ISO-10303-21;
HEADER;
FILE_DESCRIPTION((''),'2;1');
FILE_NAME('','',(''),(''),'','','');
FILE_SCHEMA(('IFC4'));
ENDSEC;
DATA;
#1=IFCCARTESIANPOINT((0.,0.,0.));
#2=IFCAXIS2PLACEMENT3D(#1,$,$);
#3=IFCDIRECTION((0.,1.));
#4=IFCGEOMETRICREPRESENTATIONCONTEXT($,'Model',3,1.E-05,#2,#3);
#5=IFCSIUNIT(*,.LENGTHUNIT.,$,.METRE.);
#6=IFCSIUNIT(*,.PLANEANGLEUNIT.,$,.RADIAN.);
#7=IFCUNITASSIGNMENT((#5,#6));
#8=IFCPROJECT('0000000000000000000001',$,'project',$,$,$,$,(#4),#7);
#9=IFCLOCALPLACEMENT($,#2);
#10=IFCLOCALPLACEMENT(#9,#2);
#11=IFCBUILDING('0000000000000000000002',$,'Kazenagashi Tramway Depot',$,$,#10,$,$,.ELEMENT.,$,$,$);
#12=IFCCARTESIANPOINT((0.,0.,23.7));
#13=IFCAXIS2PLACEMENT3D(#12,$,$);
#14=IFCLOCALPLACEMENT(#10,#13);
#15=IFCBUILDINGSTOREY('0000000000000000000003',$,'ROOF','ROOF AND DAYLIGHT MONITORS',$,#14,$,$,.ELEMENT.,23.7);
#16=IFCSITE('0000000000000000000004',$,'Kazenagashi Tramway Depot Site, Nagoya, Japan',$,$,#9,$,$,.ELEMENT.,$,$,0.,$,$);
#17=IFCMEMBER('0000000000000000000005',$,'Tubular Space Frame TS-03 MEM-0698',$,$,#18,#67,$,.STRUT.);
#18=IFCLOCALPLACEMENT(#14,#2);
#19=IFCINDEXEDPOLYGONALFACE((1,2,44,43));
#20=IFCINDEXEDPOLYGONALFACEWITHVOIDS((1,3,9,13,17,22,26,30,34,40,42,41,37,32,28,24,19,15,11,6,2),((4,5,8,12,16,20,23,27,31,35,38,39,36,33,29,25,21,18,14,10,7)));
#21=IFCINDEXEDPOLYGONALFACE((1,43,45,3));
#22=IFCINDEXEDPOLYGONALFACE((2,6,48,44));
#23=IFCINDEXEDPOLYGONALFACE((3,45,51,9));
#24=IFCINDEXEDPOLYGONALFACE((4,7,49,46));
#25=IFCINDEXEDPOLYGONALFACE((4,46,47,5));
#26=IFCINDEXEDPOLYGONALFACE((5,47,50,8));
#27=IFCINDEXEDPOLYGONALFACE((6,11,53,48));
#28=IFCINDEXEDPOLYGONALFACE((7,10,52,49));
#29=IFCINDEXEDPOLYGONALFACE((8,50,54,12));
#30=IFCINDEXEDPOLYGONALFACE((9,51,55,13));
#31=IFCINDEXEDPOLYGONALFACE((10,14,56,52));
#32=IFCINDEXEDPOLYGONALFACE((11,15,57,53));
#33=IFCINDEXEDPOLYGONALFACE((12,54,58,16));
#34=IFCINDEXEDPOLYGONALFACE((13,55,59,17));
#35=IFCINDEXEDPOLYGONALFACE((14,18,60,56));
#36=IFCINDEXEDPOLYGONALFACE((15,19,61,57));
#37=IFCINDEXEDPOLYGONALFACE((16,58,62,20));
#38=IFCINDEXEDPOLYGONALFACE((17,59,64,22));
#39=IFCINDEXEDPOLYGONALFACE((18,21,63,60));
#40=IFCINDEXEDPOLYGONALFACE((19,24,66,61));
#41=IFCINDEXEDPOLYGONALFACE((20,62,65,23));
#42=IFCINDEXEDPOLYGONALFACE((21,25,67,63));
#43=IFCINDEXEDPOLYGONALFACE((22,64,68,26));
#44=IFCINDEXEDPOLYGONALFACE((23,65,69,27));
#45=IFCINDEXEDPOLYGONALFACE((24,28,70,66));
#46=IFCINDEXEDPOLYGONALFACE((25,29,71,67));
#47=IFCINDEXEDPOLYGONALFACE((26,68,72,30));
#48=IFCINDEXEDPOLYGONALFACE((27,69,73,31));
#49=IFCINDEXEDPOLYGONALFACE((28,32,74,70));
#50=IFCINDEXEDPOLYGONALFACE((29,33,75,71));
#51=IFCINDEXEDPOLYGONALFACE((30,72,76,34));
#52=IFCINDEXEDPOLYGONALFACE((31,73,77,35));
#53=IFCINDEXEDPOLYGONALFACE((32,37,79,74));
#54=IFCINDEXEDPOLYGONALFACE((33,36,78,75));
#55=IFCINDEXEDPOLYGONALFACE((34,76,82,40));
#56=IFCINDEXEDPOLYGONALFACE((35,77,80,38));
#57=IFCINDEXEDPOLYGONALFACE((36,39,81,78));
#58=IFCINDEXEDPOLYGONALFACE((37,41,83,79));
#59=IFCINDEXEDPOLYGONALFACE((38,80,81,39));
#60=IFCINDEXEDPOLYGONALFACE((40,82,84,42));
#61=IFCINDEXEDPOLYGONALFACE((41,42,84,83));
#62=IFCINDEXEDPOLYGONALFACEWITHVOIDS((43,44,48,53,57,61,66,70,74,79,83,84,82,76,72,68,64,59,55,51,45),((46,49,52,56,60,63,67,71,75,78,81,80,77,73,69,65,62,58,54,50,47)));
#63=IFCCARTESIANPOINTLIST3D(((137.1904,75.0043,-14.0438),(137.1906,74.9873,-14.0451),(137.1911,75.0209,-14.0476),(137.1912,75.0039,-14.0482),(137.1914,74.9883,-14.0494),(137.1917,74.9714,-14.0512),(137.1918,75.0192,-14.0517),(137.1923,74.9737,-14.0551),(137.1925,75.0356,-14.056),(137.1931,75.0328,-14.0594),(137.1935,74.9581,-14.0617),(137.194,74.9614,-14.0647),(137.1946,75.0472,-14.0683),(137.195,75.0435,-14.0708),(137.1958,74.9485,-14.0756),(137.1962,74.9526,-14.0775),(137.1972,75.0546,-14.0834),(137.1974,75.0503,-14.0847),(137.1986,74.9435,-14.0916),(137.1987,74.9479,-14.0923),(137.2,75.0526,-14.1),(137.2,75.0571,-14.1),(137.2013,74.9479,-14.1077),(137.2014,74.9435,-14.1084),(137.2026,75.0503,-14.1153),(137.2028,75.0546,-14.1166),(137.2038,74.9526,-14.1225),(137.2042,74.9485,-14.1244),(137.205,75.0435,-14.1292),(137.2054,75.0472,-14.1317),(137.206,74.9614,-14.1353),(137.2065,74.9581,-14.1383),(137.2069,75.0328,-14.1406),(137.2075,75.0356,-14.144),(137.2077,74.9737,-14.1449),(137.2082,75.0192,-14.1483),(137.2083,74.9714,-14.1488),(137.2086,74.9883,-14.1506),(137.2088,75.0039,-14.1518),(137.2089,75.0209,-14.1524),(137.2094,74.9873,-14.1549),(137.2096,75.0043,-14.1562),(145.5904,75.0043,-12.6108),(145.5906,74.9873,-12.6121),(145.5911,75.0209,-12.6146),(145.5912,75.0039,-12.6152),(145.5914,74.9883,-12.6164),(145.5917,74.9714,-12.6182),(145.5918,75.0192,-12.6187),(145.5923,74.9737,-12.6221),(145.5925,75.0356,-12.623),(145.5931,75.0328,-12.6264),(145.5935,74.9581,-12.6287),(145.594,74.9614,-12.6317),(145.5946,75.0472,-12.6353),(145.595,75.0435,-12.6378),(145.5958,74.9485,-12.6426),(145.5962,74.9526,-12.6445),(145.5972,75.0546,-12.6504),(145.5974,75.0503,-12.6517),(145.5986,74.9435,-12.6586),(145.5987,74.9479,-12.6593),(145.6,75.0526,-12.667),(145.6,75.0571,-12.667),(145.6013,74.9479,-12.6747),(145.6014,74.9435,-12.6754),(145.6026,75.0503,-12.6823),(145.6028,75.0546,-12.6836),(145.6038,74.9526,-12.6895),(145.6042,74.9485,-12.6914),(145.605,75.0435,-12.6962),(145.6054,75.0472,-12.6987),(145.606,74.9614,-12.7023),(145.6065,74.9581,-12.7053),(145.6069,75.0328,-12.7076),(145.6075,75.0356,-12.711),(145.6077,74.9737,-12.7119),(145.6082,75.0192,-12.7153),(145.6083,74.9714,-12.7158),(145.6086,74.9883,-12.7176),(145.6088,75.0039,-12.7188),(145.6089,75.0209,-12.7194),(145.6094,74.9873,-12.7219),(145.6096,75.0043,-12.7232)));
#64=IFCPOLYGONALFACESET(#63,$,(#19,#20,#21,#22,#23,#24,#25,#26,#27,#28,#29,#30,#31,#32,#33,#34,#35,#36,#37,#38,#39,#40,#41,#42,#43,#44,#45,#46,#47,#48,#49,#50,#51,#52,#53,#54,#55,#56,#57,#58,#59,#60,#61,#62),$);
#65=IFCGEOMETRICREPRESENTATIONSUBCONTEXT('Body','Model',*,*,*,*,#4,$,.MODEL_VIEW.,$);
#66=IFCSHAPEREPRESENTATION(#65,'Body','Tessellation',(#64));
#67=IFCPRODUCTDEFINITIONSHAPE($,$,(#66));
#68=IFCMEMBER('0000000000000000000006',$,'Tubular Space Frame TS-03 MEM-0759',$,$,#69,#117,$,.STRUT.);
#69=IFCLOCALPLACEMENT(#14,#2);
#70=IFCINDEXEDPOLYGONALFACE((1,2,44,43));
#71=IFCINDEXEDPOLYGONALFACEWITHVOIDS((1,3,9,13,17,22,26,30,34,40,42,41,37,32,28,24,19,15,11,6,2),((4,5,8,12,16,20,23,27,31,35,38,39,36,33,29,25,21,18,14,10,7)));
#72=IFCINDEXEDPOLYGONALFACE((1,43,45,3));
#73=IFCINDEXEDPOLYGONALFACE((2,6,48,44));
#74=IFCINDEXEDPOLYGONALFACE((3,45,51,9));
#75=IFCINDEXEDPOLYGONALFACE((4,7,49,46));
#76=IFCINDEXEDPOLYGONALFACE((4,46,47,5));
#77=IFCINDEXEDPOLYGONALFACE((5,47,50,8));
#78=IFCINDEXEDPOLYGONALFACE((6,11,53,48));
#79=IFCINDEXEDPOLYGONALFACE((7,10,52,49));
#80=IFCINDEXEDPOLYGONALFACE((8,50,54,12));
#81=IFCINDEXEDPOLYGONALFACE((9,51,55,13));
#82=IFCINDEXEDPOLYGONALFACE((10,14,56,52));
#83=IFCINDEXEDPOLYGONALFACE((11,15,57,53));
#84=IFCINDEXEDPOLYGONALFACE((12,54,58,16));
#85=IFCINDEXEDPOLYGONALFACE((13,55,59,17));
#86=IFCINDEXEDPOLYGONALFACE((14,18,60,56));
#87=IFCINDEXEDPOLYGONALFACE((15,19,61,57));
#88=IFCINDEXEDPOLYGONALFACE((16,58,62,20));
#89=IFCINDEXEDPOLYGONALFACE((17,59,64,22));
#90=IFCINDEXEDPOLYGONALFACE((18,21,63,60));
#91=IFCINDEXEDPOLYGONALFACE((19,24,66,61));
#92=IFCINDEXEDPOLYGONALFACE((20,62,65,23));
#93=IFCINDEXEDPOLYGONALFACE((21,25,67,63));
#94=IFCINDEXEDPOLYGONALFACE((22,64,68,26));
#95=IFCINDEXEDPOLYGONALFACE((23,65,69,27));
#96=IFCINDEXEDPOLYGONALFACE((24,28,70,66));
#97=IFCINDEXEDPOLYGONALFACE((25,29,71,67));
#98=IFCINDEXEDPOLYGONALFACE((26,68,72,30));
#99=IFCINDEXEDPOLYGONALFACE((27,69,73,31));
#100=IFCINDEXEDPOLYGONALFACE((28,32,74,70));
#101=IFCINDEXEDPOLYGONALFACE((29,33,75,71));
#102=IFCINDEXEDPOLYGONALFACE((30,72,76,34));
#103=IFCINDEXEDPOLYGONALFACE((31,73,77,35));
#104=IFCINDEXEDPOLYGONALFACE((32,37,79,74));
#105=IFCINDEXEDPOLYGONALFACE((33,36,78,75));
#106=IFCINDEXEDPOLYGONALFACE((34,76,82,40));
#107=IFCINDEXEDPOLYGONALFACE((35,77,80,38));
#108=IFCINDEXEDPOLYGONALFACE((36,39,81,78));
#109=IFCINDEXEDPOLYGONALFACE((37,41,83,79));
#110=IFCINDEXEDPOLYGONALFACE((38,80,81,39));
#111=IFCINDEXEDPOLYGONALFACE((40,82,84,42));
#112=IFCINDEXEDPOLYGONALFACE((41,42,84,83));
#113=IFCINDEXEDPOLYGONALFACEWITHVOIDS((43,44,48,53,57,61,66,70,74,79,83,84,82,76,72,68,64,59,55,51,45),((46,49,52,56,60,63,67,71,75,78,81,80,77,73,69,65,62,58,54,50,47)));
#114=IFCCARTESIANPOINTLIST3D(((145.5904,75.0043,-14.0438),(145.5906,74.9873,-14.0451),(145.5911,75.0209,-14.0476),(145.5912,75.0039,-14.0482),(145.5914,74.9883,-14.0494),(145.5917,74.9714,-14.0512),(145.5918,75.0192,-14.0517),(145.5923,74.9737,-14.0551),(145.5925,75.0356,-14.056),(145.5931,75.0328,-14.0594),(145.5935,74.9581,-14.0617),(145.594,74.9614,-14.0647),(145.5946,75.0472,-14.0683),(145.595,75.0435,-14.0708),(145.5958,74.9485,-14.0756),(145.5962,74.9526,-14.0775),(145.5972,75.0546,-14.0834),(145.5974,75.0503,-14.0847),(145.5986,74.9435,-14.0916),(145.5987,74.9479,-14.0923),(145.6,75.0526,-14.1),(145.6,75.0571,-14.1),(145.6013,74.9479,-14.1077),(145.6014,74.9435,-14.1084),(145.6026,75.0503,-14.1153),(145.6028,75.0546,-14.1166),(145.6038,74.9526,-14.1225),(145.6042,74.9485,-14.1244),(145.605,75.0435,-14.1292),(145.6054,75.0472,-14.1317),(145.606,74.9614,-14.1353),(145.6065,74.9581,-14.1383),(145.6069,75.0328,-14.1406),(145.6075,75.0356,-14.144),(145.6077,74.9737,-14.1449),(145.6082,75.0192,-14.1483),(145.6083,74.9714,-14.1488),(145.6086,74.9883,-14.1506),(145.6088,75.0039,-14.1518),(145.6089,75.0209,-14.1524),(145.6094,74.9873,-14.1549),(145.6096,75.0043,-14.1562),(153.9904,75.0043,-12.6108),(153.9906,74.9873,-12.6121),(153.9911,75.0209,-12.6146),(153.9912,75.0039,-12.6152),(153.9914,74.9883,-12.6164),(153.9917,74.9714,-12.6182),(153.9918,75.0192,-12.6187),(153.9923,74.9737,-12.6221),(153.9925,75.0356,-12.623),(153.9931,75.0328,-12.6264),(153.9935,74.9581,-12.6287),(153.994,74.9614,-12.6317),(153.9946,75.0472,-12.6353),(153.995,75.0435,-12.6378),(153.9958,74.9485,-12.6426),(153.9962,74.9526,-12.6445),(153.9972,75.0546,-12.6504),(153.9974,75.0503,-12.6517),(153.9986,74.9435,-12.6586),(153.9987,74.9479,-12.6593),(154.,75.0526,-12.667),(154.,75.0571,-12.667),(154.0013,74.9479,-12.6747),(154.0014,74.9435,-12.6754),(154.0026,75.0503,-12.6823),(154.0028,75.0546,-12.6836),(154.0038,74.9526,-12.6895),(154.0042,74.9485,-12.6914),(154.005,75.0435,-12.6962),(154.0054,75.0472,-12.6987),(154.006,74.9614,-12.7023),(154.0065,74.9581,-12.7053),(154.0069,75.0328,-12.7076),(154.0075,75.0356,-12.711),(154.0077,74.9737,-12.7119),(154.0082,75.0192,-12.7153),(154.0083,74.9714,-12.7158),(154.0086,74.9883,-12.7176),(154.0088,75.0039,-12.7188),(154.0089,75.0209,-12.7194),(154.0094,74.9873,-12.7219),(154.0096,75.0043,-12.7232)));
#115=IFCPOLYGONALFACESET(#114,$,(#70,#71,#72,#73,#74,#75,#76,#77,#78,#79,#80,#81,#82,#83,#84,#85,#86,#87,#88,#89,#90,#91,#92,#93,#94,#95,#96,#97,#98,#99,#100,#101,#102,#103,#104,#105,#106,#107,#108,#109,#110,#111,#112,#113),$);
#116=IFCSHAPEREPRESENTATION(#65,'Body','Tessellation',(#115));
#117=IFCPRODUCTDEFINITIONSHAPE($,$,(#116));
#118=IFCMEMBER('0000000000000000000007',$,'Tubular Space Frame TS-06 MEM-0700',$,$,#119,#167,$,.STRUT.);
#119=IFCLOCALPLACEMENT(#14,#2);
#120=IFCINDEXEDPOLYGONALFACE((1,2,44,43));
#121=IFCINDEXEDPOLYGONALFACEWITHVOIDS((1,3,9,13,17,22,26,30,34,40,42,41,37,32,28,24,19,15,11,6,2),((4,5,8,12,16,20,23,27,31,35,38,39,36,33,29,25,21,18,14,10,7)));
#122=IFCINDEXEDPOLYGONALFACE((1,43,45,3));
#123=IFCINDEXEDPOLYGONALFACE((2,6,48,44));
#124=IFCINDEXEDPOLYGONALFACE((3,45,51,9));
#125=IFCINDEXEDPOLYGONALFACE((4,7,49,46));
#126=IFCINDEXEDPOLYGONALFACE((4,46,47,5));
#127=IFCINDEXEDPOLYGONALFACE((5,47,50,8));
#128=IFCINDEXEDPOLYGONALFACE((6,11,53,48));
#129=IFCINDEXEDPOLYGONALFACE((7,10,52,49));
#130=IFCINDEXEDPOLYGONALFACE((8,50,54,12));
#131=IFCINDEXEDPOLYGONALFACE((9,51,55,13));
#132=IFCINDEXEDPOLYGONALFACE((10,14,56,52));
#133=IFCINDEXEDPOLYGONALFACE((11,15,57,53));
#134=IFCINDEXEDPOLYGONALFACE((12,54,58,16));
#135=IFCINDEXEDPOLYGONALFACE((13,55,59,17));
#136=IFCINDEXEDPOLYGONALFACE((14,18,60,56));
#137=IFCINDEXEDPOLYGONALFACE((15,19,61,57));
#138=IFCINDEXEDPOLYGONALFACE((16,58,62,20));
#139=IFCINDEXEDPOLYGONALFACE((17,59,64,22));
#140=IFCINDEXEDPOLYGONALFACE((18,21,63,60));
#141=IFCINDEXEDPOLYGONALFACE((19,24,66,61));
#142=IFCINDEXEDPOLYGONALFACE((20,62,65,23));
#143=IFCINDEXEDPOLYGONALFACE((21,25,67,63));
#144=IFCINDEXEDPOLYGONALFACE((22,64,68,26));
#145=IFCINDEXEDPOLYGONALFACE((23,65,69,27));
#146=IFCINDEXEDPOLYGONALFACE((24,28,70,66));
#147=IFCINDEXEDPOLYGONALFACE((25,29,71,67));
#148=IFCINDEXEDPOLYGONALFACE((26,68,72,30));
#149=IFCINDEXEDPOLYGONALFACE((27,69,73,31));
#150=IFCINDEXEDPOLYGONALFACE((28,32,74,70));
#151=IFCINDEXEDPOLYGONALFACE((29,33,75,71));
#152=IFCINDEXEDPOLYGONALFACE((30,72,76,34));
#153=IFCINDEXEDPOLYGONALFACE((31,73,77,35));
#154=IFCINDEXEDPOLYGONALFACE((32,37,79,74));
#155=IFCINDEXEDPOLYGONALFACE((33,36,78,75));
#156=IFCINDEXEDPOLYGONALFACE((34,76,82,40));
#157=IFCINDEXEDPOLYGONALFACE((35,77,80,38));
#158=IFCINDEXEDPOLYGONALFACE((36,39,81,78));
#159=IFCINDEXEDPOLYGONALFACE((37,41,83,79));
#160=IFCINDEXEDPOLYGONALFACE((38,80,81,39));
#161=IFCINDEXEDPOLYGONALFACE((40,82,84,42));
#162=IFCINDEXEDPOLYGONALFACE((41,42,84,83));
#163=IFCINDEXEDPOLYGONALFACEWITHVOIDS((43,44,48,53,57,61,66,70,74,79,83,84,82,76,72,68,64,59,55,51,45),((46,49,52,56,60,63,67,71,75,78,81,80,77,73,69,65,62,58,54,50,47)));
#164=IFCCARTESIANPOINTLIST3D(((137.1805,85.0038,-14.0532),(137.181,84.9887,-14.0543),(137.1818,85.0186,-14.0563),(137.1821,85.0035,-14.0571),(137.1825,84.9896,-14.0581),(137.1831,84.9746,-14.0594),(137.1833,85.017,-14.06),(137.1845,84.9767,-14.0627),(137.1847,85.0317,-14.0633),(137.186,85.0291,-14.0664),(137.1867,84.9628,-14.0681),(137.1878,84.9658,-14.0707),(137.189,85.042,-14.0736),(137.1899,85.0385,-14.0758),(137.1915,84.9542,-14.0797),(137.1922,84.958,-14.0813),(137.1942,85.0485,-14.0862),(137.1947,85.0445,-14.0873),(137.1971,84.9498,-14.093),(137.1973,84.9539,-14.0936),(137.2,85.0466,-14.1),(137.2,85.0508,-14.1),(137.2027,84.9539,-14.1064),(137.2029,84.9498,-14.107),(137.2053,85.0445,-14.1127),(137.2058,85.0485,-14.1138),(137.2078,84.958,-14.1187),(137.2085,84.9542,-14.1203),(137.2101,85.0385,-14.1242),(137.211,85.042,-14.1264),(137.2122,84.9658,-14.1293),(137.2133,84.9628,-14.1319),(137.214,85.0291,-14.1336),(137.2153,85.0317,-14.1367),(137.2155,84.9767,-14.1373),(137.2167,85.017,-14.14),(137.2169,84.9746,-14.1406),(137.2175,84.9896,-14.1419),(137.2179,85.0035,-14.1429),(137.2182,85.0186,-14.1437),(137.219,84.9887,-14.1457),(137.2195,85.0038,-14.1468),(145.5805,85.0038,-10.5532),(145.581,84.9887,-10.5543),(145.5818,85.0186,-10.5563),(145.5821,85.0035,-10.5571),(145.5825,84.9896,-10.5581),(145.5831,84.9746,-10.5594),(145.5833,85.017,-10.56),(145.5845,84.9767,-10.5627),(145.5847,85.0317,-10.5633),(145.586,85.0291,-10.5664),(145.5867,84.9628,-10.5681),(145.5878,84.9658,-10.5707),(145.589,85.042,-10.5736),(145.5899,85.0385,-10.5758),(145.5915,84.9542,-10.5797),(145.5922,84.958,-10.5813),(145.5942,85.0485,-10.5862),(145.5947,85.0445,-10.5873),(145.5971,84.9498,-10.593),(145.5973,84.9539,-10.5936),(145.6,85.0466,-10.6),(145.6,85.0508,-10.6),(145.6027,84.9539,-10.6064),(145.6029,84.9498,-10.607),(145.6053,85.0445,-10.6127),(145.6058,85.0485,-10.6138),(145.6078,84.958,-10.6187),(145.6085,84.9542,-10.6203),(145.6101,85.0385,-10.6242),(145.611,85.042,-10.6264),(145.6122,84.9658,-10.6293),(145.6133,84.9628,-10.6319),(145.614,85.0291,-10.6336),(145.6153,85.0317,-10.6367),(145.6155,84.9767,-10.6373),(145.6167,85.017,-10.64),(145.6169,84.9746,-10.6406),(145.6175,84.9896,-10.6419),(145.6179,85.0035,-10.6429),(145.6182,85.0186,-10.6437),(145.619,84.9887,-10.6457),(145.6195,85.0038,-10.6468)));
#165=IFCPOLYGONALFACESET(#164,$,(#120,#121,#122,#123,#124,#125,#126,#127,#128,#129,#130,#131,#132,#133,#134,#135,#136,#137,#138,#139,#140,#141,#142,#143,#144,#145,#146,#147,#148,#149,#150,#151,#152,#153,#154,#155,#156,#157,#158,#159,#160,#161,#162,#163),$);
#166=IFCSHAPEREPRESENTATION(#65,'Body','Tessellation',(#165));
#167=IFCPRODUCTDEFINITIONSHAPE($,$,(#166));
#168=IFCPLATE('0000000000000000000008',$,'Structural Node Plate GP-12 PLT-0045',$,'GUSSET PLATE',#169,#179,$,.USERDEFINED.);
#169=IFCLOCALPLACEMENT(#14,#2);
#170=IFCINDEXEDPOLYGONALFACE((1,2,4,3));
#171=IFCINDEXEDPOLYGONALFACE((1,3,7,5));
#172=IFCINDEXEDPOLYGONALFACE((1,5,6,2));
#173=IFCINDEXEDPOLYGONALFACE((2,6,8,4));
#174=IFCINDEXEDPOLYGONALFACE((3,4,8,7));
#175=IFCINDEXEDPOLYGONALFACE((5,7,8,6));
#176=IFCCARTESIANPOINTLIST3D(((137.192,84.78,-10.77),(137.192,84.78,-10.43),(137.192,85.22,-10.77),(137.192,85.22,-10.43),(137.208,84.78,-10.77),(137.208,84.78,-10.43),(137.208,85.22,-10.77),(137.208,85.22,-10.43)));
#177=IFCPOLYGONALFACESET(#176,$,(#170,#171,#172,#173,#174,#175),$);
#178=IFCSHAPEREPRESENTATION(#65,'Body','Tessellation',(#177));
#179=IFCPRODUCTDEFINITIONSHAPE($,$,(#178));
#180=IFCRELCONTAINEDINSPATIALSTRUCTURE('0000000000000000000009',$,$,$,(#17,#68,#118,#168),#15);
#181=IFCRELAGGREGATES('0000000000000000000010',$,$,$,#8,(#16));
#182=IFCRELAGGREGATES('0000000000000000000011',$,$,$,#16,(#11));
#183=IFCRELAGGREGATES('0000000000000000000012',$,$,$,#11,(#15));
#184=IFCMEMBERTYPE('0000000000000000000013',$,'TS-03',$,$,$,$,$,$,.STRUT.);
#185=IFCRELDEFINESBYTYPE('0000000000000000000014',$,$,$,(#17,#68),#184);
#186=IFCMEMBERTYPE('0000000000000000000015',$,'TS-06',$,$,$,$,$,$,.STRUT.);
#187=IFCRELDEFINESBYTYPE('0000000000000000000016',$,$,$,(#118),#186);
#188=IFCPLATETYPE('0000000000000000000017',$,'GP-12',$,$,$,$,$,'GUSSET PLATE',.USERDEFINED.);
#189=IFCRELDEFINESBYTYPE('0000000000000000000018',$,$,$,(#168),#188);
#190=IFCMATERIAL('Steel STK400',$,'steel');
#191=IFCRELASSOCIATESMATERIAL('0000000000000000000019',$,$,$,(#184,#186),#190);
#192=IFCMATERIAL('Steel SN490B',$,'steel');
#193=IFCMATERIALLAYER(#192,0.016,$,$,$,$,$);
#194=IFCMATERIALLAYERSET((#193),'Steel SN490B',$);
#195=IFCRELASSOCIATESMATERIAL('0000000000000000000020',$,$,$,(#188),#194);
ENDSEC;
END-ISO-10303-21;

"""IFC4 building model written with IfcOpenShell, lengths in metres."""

from ifc_helpers import new_model, si_unit, direction, frame, origin, origin_2d, place, context, subcontext, project, spatial, rectangle, hollow_circle, extrude, material, layer, layer_set, material_profile, profile_set, type_object, element, save


model = new_model("IFC4")

# Units and contexts
model_context = context("Model", 3, precision=1e-05, world=origin(), true_north=direction((0.0, 1.0)))
body_context = subcontext(model_context, "Body", "Model", "MODEL_VIEW")
ifc_project = project(units=[si_unit("LENGTHUNIT", "METRE"), si_unit("PLANEANGLEUNIT", "RADIAN")], contexts=[model_context])

# Site, building, storey
site_placement = place(None, origin())
site = spatial("IfcSite", under=ifc_project, at=site_placement, Name="Kazenagashi Tramway Depot Site, Nagoya, Japan", CompositionType="ELEMENT", RefElevation=0.0)
building_placement = place(site_placement, origin())
building = spatial("IfcBuilding", under=site, at=building_placement, Name="Kazenagashi Tramway Depot", CompositionType="ELEMENT")
storey_placement = place(building_placement, frame((0.0, 0.0, 23.7)))
storey = spatial("IfcBuildingStorey", under=building, at=storey_placement, Name="ROOF", Description="ROOF AND DAYLIGHT MONITORS", CompositionType="ELEMENT", Elevation=23.7)

# Members
ifc_material_1 = material(Name="Steel STK400", Category="steel")
ifc_material_profile_1 = material_profile(ifc_material_1, hollow_circle(Radius=0.0571, WallThickness=0.0045, at=origin_2d()), Name="CHS-114.3x4.5")
ifc_profile_set_1 = profile_set([ifc_material_profile_1], Name="Steel STK400")
member_type_1 = type_object("IfcMemberType", Name="TS-03", PredefinedType="STRUT", material=ifc_profile_set_1)
for number, where, z_axis, x_axis, name in (
    (1, (137.2, 75.0, -14.1), (0.985759, 0.0, 0.168166), (0.0, 1.0, 0.0), "Tubular Space Frame TS-03 MEM-0698"),
    (2, (145.6, 75.0, -14.1), (0.985759, 0.0, 0.168166), (0.0, 1.0, 0.0), "Tubular Space Frame TS-03 MEM-0759"),
):
    element("IfcMember", number, at=place(storey_placement, frame(where, z_axis=z_axis, x_axis=x_axis)), inside=storey, type_object=member_type_1, Name=name, PredefinedType="STRUT", context=body_context, shape_type="SweptSolid", body=[
        extrude(hollow_circle(Radius=0.0571, WallThickness=0.0045, at=origin_2d()), origin(), (0.0, 0.0, 1.0), 8.5214),
    ])
ifc_material_profile_2 = material_profile(ifc_material_1, hollow_circle(Radius=0.0508, WallThickness=0.0042, at=origin_2d()), Name="CHS-101.6x4.2")
ifc_profile_set_2 = profile_set([ifc_material_profile_2], Name="Steel STK400")
member_type_2 = type_object("IfcMemberType", Name="TS-06", PredefinedType="STRUT", material=ifc_profile_set_2)
member_1_placement = place(storey_placement, frame((137.2, 85.0, -14.1), z_axis=(0.923077, 0.0, 0.384615), x_axis=(0.0, 1.0, 0.0)))
element("IfcMember", 3, at=member_1_placement, inside=storey, type_object=member_type_2, Name="Tubular Space Frame TS-06 MEM-0700", PredefinedType="STRUT", context=body_context, shape_type="SweptSolid", body=[
    extrude(hollow_circle(Radius=0.0508, WallThickness=0.0042, at=origin_2d()), origin(), (0.0, 0.0, 1.0), 9.1),
])

# Plate
ifc_material_2 = material(Name="Steel SN490B", Category="steel")
ifc_layer = layer(ifc_material_2, 0.016)
ifc_layer_set = layer_set([ifc_layer], Name="Steel SN490B")
plate_type = type_object("IfcPlateType", Name="GP-12", ElementType="GUSSET PLATE", PredefinedType="USERDEFINED", material=ifc_layer_set)
plate_placement = place(storey_placement, frame((137.2, 85.0, -10.77), z_axis=(0.0, 0.0, 1.0), x_axis=(0.0, 1.0, 0.0)))
element("IfcPlate", 4, at=plate_placement, inside=storey, type_object=plate_type, Name="Structural Node Plate GP-12 PLT-0045", ObjectType="GUSSET PLATE", PredefinedType="USERDEFINED", context=body_context, shape_type="SweptSolid", body=[
    extrude(rectangle(XDim=0.44, YDim=0.016, at=origin_2d()), origin(), (0.0, 0.0, 1.0), 0.34),
])

save(model, "model.ifc")
